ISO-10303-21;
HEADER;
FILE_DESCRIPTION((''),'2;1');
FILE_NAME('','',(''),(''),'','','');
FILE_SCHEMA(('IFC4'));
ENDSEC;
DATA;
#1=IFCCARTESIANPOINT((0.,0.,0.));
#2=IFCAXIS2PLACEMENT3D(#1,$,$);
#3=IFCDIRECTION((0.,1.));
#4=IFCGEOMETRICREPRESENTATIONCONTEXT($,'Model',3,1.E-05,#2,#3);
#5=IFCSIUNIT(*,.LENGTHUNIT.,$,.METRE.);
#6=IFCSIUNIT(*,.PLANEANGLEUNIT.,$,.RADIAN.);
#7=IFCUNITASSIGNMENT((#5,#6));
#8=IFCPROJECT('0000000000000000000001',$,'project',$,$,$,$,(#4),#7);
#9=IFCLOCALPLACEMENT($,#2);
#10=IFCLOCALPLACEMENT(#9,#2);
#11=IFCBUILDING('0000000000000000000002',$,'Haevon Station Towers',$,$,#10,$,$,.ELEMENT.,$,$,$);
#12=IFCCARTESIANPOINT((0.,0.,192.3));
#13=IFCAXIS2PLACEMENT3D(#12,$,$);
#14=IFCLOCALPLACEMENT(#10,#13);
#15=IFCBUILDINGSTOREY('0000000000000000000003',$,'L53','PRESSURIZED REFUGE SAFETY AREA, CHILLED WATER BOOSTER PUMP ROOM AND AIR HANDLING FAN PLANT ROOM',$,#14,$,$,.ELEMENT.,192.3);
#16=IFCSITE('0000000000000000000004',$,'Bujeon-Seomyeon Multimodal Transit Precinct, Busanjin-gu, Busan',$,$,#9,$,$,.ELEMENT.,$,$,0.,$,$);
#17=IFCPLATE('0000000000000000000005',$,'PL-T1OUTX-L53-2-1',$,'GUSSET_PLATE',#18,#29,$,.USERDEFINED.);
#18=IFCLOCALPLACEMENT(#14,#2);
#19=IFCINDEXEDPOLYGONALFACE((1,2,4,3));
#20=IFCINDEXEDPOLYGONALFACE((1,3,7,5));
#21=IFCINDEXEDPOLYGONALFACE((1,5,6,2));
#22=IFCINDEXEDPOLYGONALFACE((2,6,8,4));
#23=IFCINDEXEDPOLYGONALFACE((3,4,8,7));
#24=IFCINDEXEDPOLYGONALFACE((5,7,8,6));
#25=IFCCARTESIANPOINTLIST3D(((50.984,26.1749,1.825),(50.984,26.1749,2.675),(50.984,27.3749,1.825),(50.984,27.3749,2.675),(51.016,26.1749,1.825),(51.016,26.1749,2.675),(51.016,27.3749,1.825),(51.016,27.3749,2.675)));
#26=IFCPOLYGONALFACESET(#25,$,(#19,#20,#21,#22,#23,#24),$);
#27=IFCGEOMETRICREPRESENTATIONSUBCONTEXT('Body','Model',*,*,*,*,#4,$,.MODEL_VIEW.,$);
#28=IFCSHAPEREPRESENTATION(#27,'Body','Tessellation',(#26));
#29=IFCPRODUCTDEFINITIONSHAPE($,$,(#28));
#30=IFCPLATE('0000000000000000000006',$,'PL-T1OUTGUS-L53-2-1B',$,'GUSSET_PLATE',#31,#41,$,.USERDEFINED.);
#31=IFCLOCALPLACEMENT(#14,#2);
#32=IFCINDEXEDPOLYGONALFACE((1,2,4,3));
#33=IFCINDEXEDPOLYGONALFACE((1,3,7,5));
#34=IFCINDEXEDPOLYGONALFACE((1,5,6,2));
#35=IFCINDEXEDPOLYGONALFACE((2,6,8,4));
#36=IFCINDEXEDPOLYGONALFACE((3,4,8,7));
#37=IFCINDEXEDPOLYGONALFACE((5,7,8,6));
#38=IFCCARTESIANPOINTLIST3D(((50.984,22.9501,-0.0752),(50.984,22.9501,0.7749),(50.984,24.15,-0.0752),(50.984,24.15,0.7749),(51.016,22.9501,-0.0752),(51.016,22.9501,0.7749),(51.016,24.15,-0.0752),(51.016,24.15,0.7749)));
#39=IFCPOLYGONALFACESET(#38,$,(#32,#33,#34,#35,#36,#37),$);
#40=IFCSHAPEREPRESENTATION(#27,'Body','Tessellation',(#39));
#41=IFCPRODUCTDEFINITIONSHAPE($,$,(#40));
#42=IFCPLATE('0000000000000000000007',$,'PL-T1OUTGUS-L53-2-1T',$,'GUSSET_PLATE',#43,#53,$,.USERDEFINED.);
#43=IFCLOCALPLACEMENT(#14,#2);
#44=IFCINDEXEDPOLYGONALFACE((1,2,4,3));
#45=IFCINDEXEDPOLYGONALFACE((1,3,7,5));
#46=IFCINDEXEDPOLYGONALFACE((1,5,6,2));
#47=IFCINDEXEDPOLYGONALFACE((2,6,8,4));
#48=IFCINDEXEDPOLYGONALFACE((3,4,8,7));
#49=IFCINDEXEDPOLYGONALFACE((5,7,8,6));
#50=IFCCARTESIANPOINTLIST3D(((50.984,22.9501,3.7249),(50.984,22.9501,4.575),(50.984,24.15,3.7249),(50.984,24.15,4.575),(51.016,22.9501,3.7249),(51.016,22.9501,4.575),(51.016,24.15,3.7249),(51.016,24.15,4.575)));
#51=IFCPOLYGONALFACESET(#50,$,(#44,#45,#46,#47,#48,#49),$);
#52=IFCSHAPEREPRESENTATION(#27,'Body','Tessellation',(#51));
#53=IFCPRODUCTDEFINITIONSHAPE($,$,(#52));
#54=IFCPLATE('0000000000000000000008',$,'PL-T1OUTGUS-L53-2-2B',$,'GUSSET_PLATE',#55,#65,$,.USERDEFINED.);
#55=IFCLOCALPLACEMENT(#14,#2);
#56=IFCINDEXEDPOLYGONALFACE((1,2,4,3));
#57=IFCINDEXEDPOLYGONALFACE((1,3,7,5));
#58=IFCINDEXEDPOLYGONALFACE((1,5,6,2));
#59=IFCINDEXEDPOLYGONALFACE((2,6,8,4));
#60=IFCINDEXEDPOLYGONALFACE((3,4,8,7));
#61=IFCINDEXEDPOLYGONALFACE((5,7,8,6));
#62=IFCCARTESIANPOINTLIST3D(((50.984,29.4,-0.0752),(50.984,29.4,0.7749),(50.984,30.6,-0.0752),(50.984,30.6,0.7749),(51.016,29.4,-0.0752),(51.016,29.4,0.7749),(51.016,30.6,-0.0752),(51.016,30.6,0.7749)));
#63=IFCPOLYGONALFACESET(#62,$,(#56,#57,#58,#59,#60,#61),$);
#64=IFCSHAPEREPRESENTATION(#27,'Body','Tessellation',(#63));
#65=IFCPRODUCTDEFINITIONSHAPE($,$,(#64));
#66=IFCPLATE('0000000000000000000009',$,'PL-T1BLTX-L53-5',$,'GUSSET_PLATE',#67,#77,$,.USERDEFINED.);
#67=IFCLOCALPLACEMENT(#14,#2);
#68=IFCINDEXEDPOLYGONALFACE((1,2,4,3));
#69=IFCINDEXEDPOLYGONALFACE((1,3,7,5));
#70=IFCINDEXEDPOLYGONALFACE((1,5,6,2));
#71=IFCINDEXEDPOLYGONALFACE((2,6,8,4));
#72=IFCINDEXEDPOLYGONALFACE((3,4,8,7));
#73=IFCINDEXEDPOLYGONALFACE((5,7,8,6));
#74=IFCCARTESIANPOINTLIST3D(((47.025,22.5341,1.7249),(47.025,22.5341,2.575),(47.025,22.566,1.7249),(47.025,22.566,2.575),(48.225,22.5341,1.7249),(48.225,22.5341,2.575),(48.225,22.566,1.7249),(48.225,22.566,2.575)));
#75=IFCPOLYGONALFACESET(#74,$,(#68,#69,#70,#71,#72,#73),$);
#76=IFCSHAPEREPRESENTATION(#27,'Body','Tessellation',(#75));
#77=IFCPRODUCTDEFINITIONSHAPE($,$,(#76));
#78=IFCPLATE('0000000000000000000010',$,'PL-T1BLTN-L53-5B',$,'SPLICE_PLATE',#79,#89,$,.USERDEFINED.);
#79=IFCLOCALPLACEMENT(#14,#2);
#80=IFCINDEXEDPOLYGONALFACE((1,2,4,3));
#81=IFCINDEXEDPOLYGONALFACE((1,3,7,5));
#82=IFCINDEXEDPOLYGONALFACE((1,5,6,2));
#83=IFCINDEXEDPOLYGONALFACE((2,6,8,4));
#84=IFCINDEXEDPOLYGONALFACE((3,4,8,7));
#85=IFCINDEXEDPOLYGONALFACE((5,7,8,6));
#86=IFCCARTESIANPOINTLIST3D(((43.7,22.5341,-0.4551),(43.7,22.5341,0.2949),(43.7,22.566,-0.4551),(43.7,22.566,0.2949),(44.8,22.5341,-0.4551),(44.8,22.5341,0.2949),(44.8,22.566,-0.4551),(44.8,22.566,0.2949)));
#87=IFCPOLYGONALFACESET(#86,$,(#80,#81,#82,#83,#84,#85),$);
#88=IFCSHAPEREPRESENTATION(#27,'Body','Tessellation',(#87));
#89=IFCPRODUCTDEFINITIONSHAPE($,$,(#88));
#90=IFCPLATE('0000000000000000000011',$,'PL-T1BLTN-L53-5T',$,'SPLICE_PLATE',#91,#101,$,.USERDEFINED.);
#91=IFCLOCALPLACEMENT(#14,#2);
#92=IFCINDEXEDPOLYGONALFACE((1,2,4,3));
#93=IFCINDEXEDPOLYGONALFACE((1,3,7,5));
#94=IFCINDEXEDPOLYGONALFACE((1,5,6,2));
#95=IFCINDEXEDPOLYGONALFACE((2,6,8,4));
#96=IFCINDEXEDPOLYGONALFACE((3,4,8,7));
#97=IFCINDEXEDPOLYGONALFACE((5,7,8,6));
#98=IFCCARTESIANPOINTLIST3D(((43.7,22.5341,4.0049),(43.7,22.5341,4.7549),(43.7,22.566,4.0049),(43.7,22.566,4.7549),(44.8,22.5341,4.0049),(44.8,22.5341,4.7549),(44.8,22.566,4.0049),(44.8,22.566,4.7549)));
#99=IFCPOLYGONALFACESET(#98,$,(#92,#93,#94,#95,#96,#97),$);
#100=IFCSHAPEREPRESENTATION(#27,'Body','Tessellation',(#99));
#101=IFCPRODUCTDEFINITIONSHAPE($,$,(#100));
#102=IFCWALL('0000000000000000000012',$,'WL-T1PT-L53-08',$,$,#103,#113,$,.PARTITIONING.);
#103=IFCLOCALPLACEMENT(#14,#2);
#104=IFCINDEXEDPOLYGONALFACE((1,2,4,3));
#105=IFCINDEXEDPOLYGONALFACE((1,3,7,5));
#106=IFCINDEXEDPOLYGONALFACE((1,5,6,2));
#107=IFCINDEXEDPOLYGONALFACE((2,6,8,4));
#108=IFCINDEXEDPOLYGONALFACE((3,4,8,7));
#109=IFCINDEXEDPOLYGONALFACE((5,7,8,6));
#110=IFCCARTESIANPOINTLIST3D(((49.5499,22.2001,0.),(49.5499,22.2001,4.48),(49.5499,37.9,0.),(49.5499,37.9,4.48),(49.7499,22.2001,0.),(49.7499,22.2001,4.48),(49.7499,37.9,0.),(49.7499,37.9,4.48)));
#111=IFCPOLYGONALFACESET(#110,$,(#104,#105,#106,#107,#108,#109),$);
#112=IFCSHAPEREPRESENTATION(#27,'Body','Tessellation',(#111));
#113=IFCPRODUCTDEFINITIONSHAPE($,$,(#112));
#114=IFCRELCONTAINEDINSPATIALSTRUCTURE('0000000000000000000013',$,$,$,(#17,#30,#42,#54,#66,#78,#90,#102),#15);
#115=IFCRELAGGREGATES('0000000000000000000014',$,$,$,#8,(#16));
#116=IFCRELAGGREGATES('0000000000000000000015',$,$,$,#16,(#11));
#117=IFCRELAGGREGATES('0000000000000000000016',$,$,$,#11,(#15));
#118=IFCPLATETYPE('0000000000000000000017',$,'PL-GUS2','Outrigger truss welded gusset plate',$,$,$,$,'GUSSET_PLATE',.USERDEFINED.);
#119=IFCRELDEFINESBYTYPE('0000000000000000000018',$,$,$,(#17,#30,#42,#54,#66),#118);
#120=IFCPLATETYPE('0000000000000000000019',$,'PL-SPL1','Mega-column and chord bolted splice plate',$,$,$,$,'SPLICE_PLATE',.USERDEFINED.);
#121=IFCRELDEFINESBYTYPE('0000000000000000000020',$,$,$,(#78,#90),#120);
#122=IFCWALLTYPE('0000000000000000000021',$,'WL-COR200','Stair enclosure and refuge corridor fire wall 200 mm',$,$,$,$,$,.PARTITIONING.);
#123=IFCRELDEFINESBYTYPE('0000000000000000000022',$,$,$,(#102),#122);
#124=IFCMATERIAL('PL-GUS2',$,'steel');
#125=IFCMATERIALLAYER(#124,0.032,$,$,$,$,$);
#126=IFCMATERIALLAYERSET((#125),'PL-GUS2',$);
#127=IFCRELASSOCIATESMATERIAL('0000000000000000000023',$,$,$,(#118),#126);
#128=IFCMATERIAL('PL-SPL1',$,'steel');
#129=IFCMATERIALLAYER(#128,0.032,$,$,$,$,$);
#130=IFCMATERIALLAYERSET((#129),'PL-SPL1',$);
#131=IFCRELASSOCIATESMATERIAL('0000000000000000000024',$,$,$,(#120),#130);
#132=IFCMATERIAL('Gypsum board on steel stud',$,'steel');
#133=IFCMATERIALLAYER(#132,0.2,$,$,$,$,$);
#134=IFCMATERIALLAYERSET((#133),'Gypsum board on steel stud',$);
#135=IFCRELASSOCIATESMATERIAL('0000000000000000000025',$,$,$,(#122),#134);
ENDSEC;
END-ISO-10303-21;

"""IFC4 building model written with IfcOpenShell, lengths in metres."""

from ifc_helpers import new_model, si_unit, direction, frame, frame_2d, origin, origin_2d, place, context, subcontext, project, spatial, rectangle, extrude, material, layer, layer_set, type_object, element, save


model = new_model("IFC4")

# Units and contexts
model_context = context("Model", 3, precision=1e-05, world=origin(), true_north=direction((0.0, 1.0)))
body_context = subcontext(model_context, "Body", "Model", "MODEL_VIEW")
ifc_project = project(units=[si_unit("LENGTHUNIT", "METRE"), si_unit("PLANEANGLEUNIT", "RADIAN")], contexts=[model_context])

# Site, building, storey
site_placement = place(None, origin())
site = spatial("IfcSite", under=ifc_project, at=site_placement, Name="Bujeon-Seomyeon Multimodal Transit Precinct, Busanjin-gu, Busan", CompositionType="ELEMENT", RefElevation=0.0)
building_placement = place(site_placement, origin())
building = spatial("IfcBuilding", under=site, at=building_placement, Name="Haevon Station Towers", CompositionType="ELEMENT")
storey_placement = place(building_placement, frame((0.0, 0.0, 192.3)))
storey = spatial("IfcBuildingStorey", under=building, at=storey_placement, Name="L53", Description="PRESSURIZED REFUGE SAFETY AREA, CHILLED WATER BOOSTER PUMP ROOM AND AIR HANDLING FAN PLANT ROOM", CompositionType="ELEMENT", Elevation=192.3)

# Plates
ifc_material_1 = material(Name="PL-GUS2", Category="steel")
ifc_layer_1 = layer(ifc_material_1, 0.032)
ifc_layer_set_1 = layer_set([ifc_layer_1], Name="PL-GUS2")
plate_type_1 = type_object("IfcPlateType", Name="PL-GUS2", Description="Outrigger truss welded gusset plate", ElementType="GUSSET_PLATE", PredefinedType="USERDEFINED", material=ifc_layer_set_1)
for number, where, z_axis, x_axis, name in (
    (1, (51.0, 26.7749, 1.825), (0.0, 0.0, 1.0), (0.0, 1.0, 0.0), "PL-T1OUTX-L53-2-1"),
    (2, (51.0, 23.55, -0.0752), (0.0, 0.0, 1.0), (0.0, 1.0, 0.0), "PL-T1OUTGUS-L53-2-1B"),
    (3, (51.0, 23.55, 3.7249), (0.0, 0.0, 1.0), (0.0, 1.0, 0.0), "PL-T1OUTGUS-L53-2-1T"),
    (4, (51.0, 30.0, -0.0752), (0.0, 0.0, 1.0), (0.0, 1.0, 0.0), "PL-T1OUTGUS-L53-2-2B"),
    (5, (47.625, 22.55, 1.7249), (0.0, 0.0, 1.0), (1.0, 0.0, 0.0), "PL-T1BLTX-L53-5"),
):
    element("IfcPlate", number, at=place(storey_placement, frame(where, z_axis=z_axis, x_axis=x_axis)), inside=storey, type_object=plate_type_1, Name=name, ObjectType="GUSSET_PLATE", PredefinedType="USERDEFINED", context=body_context, shape_type="SweptSolid", body=[
        extrude(rectangle(XDim=1.2, YDim=0.032, at=origin_2d()), origin(), (0.0, 0.0, 1.0), 0.8501),
    ])
ifc_material_2 = material(Name="PL-SPL1", Category="steel")
ifc_layer_2 = layer(ifc_material_2, 0.032)
ifc_layer_set_2 = layer_set([ifc_layer_2], Name="PL-SPL1")
plate_type_2 = type_object("IfcPlateType", Name="PL-SPL1", Description="Mega-column and chord bolted splice plate", ElementType="SPLICE_PLATE", PredefinedType="USERDEFINED", material=ifc_layer_set_2)
for number, where, z_axis, x_axis, name in (
    (6, (44.25, 22.55, -0.4551), (0.0, 0.0, 1.0), (1.0, 0.0, 0.0), "PL-T1BLTN-L53-5B"),
    (7, (44.25, 22.55, 4.0049), (0.0, 0.0, 1.0), (1.0, 0.0, 0.0), "PL-T1BLTN-L53-5T"),
):
    element("IfcPlate", number, at=place(storey_placement, frame(where, z_axis=z_axis, x_axis=x_axis)), inside=storey, type_object=plate_type_2, Name=name, ObjectType="SPLICE_PLATE", PredefinedType="USERDEFINED", context=body_context, shape_type="SweptSolid", body=[
        extrude(rectangle(XDim=1.1001, YDim=0.032, at=origin_2d()), origin(), (0.0, 0.0, 1.0), 0.75),
    ])

# Wall
ifc_material_3 = material(Name="Gypsum board on steel stud", Category="steel")
ifc_layer_3 = layer(ifc_material_3, 0.2)
ifc_layer_set_3 = layer_set([ifc_layer_3], Name="Gypsum board on steel stud")
wall_type = type_object("IfcWallType", Name="WL-COR200", Description="Stair enclosure and refuge corridor fire wall 200 mm", PredefinedType="PARTITIONING", material=ifc_layer_set_3)
wall_placement = place(storey_placement, frame((49.6499, 22.2, 0.0), z_axis=(0.0, 0.0, 1.0), x_axis=(0.0, 1.0, 0.0)))
element("IfcWall", 8, at=wall_placement, inside=storey, type_object=wall_type, Name="WL-T1PT-L53-08", PredefinedType="PARTITIONING", context=body_context, shape_type="SweptSolid", body=[
    extrude(rectangle(XDim=15.7, YDim=0.2, at=frame_2d((7.8501, 0.0))), origin(), (0.0, 0.0, 1.0), 4.48),
])

save(model, "model.ifc")
